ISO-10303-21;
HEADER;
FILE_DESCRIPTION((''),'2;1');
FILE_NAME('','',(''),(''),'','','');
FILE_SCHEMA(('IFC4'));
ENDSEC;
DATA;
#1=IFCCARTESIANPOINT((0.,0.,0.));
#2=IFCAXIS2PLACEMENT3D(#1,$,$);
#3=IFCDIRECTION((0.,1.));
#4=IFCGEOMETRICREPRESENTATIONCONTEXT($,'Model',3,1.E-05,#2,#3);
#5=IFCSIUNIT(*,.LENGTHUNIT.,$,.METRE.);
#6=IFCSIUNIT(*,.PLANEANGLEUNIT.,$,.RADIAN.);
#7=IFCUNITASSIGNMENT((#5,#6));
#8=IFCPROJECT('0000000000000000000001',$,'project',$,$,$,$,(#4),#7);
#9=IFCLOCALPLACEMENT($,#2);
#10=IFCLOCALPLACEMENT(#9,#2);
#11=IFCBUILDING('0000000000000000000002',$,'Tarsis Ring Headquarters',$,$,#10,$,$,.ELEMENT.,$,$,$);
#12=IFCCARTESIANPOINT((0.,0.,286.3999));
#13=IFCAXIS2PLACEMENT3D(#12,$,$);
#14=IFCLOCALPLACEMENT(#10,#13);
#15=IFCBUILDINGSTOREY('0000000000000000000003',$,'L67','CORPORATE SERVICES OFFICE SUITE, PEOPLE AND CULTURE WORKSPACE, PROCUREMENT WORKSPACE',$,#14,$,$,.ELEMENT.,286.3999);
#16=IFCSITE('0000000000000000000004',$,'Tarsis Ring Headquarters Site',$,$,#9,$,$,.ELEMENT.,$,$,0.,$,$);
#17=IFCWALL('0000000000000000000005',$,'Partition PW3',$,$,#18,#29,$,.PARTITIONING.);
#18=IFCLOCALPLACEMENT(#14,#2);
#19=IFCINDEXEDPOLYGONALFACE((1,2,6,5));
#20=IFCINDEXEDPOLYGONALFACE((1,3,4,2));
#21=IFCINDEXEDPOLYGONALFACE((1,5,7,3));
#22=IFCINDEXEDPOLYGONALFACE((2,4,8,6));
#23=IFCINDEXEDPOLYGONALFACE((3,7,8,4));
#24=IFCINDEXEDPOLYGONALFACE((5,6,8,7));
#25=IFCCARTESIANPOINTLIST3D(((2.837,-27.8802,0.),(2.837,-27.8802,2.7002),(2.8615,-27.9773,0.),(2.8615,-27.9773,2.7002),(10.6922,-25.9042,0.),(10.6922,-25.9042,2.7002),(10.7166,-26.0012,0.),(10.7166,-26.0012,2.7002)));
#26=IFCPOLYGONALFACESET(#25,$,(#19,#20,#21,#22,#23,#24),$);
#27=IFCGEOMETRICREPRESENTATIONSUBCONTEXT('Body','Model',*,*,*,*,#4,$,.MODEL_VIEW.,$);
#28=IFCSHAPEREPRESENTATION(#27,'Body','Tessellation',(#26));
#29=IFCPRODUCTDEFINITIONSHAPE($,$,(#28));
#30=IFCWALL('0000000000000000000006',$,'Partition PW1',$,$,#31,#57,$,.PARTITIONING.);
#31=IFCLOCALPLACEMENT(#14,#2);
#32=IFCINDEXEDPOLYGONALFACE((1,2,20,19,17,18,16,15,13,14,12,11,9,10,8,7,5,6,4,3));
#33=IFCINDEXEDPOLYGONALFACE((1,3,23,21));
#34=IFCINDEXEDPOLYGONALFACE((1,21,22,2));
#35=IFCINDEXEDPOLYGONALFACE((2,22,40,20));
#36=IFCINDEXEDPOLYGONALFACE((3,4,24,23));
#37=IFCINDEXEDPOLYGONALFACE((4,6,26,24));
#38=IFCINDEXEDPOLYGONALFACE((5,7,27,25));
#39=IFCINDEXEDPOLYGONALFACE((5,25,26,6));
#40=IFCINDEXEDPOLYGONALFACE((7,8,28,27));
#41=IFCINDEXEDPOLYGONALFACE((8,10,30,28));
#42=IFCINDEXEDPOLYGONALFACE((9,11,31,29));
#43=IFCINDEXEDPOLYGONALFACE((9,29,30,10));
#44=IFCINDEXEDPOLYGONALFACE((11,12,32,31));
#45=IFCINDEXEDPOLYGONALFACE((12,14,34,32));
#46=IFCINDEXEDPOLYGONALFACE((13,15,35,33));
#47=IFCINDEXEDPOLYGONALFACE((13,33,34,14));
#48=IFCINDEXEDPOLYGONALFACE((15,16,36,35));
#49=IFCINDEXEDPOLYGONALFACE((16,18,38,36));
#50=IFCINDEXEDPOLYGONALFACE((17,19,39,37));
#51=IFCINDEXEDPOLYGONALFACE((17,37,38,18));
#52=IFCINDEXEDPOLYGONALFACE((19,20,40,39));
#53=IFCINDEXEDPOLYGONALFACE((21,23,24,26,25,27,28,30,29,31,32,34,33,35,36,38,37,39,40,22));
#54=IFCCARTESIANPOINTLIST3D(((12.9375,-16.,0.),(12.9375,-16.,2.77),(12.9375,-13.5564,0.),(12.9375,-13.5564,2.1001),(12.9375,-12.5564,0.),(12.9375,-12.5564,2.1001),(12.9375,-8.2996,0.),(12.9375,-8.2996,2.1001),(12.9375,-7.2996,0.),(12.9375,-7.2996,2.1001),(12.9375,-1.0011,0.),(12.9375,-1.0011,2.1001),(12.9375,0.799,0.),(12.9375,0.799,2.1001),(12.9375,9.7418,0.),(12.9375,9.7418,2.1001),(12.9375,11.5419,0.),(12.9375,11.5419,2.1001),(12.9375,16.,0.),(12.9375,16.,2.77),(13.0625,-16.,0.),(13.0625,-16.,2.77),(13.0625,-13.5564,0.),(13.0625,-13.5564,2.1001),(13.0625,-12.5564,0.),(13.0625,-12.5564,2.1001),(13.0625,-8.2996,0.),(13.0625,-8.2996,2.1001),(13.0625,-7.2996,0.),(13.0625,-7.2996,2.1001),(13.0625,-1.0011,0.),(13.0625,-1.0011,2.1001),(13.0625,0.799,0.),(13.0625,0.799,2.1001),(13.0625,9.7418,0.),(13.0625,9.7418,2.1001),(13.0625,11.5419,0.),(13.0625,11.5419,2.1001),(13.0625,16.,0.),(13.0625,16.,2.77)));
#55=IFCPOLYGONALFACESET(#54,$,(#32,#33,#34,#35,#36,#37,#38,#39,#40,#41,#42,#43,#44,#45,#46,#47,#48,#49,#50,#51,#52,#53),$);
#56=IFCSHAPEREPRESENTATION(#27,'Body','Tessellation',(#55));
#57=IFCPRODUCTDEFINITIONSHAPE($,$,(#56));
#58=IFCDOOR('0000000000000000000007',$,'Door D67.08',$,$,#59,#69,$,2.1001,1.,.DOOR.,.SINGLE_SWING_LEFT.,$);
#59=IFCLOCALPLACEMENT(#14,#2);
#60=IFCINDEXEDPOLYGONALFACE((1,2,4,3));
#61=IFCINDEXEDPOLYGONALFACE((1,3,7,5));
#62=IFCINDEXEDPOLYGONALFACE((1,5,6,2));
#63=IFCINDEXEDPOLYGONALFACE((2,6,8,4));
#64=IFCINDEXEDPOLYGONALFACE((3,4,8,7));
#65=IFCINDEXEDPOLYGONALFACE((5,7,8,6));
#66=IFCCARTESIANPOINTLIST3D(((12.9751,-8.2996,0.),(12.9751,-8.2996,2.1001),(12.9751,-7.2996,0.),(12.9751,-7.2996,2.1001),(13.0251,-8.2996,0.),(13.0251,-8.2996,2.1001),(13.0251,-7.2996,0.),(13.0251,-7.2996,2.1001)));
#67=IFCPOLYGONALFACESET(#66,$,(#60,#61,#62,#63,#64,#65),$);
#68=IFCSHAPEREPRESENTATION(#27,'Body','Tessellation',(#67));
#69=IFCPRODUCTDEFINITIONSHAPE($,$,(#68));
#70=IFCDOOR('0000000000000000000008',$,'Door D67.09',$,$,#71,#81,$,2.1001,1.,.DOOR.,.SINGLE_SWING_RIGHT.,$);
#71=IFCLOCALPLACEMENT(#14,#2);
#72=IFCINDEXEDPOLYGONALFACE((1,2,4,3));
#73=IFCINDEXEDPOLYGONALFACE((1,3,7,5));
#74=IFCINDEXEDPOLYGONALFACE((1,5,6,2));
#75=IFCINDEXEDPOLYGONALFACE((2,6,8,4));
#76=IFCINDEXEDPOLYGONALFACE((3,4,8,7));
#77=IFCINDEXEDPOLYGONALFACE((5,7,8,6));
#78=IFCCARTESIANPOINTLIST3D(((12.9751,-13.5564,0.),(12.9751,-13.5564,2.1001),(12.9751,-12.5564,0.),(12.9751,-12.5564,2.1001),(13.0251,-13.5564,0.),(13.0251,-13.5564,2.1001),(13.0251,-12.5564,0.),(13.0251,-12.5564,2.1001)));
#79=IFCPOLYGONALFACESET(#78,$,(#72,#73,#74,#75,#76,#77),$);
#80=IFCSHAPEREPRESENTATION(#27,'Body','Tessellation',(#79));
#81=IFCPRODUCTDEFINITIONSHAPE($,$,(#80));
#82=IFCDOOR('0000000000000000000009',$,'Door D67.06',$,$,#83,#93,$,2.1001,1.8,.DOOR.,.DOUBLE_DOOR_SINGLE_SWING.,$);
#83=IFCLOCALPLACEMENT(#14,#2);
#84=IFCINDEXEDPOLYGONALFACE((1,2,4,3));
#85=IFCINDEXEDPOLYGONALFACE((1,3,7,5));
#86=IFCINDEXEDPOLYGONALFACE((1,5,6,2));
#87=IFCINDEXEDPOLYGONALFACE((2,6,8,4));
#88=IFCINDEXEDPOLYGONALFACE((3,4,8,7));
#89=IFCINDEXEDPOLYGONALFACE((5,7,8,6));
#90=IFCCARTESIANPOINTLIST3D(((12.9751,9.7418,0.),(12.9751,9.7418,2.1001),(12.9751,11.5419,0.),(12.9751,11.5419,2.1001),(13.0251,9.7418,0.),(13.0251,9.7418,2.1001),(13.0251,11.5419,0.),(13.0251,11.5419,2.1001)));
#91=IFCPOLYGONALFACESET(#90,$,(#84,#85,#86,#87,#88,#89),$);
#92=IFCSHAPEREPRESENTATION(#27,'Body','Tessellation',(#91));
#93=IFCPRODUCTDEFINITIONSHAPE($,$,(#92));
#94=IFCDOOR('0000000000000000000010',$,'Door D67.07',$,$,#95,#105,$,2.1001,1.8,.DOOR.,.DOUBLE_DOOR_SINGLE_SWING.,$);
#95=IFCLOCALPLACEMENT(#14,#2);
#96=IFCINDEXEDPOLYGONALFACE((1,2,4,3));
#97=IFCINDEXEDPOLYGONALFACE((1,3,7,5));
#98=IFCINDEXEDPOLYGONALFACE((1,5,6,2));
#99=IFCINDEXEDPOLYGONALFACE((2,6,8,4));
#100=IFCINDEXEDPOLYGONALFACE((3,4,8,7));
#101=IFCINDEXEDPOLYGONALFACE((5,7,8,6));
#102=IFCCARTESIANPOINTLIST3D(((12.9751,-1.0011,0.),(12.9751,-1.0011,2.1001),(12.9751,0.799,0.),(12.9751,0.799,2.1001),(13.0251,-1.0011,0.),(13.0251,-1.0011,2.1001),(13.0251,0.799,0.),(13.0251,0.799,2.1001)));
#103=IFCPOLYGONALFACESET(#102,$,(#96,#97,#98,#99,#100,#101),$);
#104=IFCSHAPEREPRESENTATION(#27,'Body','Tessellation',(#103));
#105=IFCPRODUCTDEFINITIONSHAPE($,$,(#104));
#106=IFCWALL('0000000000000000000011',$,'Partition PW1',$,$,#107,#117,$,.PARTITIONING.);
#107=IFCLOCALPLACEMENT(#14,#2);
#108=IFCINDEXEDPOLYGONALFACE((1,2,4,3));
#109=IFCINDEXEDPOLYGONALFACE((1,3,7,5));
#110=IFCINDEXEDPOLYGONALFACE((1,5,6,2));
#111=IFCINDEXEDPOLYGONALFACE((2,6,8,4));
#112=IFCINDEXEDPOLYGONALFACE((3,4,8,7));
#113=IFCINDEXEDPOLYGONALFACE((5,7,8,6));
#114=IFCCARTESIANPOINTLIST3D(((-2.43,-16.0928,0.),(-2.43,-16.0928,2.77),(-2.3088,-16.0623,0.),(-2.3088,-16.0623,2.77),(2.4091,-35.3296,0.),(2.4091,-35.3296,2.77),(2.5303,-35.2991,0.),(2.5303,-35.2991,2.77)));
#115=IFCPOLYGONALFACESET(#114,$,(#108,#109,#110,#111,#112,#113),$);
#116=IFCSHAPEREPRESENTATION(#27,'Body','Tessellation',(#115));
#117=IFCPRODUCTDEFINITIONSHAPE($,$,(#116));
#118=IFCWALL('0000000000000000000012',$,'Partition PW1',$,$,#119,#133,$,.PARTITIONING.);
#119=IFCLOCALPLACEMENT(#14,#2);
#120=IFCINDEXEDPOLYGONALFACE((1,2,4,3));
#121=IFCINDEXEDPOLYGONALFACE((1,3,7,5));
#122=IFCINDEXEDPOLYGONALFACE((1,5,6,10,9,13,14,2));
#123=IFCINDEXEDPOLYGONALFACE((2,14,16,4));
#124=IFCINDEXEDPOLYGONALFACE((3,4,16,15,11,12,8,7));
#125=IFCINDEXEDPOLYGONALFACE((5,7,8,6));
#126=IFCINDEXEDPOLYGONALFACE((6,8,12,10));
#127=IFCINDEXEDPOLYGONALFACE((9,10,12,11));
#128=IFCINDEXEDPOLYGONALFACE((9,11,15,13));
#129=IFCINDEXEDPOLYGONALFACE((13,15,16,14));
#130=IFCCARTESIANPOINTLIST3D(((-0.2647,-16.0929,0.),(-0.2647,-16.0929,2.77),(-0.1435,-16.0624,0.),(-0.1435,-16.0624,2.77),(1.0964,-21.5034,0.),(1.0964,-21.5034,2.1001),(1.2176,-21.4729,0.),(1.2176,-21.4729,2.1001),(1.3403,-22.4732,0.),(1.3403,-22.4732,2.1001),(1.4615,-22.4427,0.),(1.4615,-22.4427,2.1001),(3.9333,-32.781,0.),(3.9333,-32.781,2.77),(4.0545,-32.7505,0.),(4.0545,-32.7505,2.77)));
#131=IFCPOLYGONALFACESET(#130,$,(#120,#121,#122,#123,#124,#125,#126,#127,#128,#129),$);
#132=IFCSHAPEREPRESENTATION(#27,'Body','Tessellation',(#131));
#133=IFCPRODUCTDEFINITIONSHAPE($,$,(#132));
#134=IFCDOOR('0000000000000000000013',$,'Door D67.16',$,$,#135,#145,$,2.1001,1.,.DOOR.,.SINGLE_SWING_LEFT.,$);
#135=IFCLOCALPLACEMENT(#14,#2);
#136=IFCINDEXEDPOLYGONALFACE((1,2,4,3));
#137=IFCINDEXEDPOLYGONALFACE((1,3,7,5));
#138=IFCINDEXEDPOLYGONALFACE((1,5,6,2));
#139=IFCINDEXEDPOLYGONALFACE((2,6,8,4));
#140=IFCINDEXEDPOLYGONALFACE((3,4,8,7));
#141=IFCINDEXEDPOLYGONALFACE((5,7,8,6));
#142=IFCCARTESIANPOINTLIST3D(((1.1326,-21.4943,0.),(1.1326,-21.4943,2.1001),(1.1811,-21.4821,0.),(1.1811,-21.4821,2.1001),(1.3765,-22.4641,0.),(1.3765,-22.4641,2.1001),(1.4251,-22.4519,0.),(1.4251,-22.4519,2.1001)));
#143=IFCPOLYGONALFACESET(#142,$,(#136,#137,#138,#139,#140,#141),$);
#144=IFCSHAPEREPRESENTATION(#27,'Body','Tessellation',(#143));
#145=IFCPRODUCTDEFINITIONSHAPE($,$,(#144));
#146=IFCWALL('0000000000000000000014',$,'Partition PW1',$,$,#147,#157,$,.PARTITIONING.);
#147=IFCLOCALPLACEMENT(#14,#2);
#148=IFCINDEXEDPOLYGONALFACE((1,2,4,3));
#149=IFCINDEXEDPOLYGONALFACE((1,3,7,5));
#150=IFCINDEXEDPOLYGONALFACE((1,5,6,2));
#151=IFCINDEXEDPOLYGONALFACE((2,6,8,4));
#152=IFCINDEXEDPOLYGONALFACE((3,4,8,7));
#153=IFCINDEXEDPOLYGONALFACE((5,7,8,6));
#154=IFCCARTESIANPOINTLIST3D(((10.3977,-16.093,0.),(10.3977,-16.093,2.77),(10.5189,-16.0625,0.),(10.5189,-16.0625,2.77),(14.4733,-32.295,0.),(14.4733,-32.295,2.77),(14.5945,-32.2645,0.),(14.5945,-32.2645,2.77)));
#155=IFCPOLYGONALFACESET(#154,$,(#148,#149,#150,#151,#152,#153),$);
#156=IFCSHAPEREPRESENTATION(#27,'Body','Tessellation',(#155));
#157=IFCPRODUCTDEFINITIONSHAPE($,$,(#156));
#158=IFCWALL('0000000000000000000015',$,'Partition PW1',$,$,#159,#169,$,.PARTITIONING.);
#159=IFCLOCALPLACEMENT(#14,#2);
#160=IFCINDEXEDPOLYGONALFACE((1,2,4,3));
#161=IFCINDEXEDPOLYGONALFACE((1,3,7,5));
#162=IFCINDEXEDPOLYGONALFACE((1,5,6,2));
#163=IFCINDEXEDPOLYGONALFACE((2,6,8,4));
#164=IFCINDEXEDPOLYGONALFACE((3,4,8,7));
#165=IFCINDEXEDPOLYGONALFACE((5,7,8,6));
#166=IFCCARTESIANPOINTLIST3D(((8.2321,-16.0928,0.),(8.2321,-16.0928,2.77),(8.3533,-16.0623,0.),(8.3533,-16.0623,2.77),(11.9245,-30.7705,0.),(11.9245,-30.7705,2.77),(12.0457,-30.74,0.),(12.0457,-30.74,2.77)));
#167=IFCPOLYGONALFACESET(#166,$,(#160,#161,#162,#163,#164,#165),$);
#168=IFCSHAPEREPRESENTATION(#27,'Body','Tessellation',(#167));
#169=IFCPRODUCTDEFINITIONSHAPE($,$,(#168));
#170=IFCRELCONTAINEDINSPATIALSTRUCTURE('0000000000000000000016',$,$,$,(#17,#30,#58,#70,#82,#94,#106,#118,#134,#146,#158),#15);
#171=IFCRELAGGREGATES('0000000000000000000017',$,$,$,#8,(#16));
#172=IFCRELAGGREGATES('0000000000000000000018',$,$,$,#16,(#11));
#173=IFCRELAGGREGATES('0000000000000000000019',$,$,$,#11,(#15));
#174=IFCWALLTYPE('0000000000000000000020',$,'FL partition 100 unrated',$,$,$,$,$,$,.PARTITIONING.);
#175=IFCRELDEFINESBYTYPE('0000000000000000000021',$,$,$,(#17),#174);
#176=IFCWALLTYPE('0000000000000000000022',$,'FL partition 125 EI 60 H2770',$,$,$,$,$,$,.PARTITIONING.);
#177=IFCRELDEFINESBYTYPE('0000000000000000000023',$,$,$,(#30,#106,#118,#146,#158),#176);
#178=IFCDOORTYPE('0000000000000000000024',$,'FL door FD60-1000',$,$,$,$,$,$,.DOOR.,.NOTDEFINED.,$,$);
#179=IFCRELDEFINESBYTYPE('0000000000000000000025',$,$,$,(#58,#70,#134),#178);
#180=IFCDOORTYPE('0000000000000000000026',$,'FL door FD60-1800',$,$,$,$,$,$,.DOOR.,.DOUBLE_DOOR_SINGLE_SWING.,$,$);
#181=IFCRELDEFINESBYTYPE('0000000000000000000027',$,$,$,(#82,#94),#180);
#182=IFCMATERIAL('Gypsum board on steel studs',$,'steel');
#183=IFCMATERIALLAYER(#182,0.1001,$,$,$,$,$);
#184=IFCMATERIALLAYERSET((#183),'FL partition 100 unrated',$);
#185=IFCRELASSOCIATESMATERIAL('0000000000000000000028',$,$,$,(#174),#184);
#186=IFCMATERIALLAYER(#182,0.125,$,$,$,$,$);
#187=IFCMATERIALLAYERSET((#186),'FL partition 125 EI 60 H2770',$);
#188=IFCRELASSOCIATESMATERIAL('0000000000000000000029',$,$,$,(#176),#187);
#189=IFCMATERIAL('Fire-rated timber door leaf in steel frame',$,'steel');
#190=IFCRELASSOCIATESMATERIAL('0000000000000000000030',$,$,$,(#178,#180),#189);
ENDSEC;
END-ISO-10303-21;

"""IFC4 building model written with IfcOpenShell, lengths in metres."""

from ifc_helpers import new_model, si_unit, direction, frame, frame_2d, origin, place, context, subcontext, project, spatial, rectangle, extrude, material, layer, layer_set, type_object, element, fill, save


model = new_model("IFC4")

# Units and contexts
model_context = context("Model", 3, precision=1e-05, world=origin(), true_north=direction((0.0, 1.0)))
body_context = subcontext(model_context, "Body", "Model", "MODEL_VIEW")
ifc_project = project(units=[si_unit("LENGTHUNIT", "METRE"), si_unit("PLANEANGLEUNIT", "RADIAN")], contexts=[model_context])

# Site, building, storey
site_placement = place(None, origin())
site = spatial("IfcSite", under=ifc_project, at=site_placement, Name="Tarsis Ring Headquarters Site", CompositionType="ELEMENT", RefElevation=0.0)
building_placement = place(site_placement, origin())
building = spatial("IfcBuilding", under=site, at=building_placement, Name="Tarsis Ring Headquarters", CompositionType="ELEMENT")
storey_placement = place(building_placement, frame((0.0, 0.0, 286.3999)))
storey = spatial("IfcBuildingStorey", under=building, at=storey_placement, Name="L67", Description="CORPORATE SERVICES OFFICE SUITE, PEOPLE AND CULTURE WORKSPACE, PROCUREMENT WORKSPACE", CompositionType="ELEMENT", Elevation=286.3999)

# Wall
ifc_material_1 = material(Name="Gypsum board on steel studs", Category="steel")
ifc_layer_1 = layer(ifc_material_1, 0.1001)
ifc_layer_set_1 = layer_set([ifc_layer_1], Name="FL partition 100 unrated")
wall_type_1 = type_object("IfcWallType", Name="FL partition 100 unrated", PredefinedType="PARTITIONING", material=ifc_layer_set_1)
wall_1_placement = place(storey_placement, frame((2.8494, -27.9287, 0.0), z_axis=(0.0, 0.0, 1.0), x_axis=(0.969785, 0.243961, 0.0)))
element("IfcWall", 1, at=wall_1_placement, inside=storey, type_object=wall_type_1, Name="Partition PW3", PredefinedType="PARTITIONING", context=body_context, shape_type="SweptSolid", body=[
    extrude(rectangle(XDim=8.0999, YDim=0.1001, at=frame_2d((4.0498, 0.0))), origin(), (0.0, 0.0, 1.0), 2.7002),
])

# Wall, openings, doors
ifc_layer_2 = layer(ifc_material_1, 0.125)
ifc_layer_set_2 = layer_set([ifc_layer_2], Name="FL partition 125 EI 60 H2770")
wall_type_2 = type_object("IfcWallType", Name="FL partition 125 EI 60 H2770", PredefinedType="PARTITIONING", material=ifc_layer_set_2)
wall_2_placement = place(storey_placement, frame((13.0, -16.0, 0.0), z_axis=(0.0, 0.0, 1.0), x_axis=(0.0, 1.0, 0.0)))
wall_2 = element("IfcWall", 2, at=wall_2_placement, inside=storey, type_object=wall_type_2, Name="Partition PW1", PredefinedType="PARTITIONING", context=body_context, shape_type="SweptSolid", body=[
    extrude(rectangle(XDim=32.0, YDim=0.125, at=frame_2d((16.0, 0.0))), origin(), (0.0, 0.0, 1.0), 2.77),
])
opening_1_placement = place(wall_2_placement, frame((25.7419, 0.0, 0.0)))
opening_1 = element("IfcOpeningElement", 3, at=opening_1_placement, cuts=wall_2, PredefinedType="OPENING", context=body_context, shape_type="SweptSolid", body=[
    extrude(rectangle(XDim=1.8, YDim=2.1001, at=frame_2d((0.8999, 1.05))), frame((0.0, 0.0725, 0.0), z_axis=(0.0, -1.0, 0.0), x_axis=(1.0, 0.0, 0.0)), (0.0, 0.0, 1.0), 0.145),
])
opening_2_placement = place(wall_2_placement, frame((14.999, 0.0, 0.0)))
opening_2 = element("IfcOpeningElement", 4, at=opening_2_placement, cuts=wall_2, PredefinedType="OPENING", context=body_context, shape_type="SweptSolid", body=[
    extrude(rectangle(XDim=1.8, YDim=2.1001, at=frame_2d((0.8999, 1.05))), frame((0.0, 0.0725, 0.0), z_axis=(0.0, -1.0, 0.0), x_axis=(1.0, 0.0, 0.0)), (0.0, 0.0, 1.0), 0.145),
])
opening_3_placement = place(wall_2_placement, frame((7.7004, 0.0, 0.0)))
opening_3 = element("IfcOpeningElement", 5, at=opening_3_placement, cuts=wall_2, PredefinedType="OPENING", context=body_context, shape_type="SweptSolid", body=[
    extrude(rectangle(XDim=1.0, YDim=2.1001, at=frame_2d((0.5, 1.05))), frame((0.0, 0.0725, 0.0), z_axis=(0.0, -1.0, 0.0), x_axis=(1.0, 0.0, 0.0)), (0.0, 0.0, 1.0), 0.145),
])
opening_4_placement = place(wall_2_placement, frame((2.4436, 0.0, 0.0)))
opening_4 = element("IfcOpeningElement", 6, at=opening_4_placement, cuts=wall_2, PredefinedType="OPENING", context=body_context, shape_type="SweptSolid", body=[
    extrude(rectangle(XDim=1.0, YDim=2.1001, at=frame_2d((0.5, 1.05))), frame((0.0, 0.0725, 0.0), z_axis=(0.0, -1.0, 0.0), x_axis=(1.0, 0.0, 0.0)), (0.0, 0.0, 1.0), 0.145),
])
ifc_material_2 = material(Name="Fire-rated timber door leaf in steel frame", Category="steel")
door_type_1 = type_object("IfcDoorType", Name="FL door FD60-1000", OperationType="NOTDEFINED", PredefinedType="DOOR", material=ifc_material_2)
door_1_placement = place(opening_3_placement, origin())
door_1 = element("IfcDoor", 7, at=door_1_placement, inside=storey, type_object=door_type_1, Name="Door D67.08", OperationType="SINGLE_SWING_LEFT", OverallHeight=2.1001, OverallWidth=1.0, PredefinedType="DOOR", context=body_context, shape_type="SweptSolid", body=[
    extrude(rectangle(XDim=1.0, YDim=2.1001, at=frame_2d((0.5, 1.05))), frame((0.0, 0.0249, 0.0), z_axis=(0.0, -1.0, 0.0), x_axis=(1.0, 0.0, 0.0)), (0.0, 0.0, 1.0), 0.05),
])
fill(opening_3, door_1)
door_2_placement = place(opening_4_placement, origin())
door_2 = element("IfcDoor", 8, at=door_2_placement, inside=storey, type_object=door_type_1, Name="Door D67.09", OperationType="SINGLE_SWING_RIGHT", OverallHeight=2.1001, OverallWidth=1.0, PredefinedType="DOOR", context=body_context, shape_type="SweptSolid", body=[
    extrude(rectangle(XDim=1.0, YDim=2.1001, at=frame_2d((0.5, 1.05))), frame((0.0, 0.0249, 0.0), z_axis=(0.0, -1.0, 0.0), x_axis=(1.0, 0.0, 0.0)), (0.0, 0.0, 1.0), 0.05),
])
fill(opening_4, door_2)
door_type_2 = type_object("IfcDoorType", Name="FL door FD60-1800", OperationType="DOUBLE_DOOR_SINGLE_SWING", PredefinedType="DOOR", material=ifc_material_2)
door_3_placement = place(opening_1_placement, origin())
door_3 = element("IfcDoor", 9, at=door_3_placement, inside=storey, type_object=door_type_2, Name="Door D67.06", OperationType="DOUBLE_DOOR_SINGLE_SWING", OverallHeight=2.1001, OverallWidth=1.8, PredefinedType="DOOR", context=body_context, shape_type="SweptSolid", body=[
    extrude(rectangle(XDim=1.8, YDim=2.1001, at=frame_2d((0.8999, 1.05))), frame((0.0, 0.0249, 0.0), z_axis=(0.0, -1.0, 0.0), x_axis=(1.0, 0.0, 0.0)), (0.0, 0.0, 1.0), 0.05),
])
fill(opening_1, door_3)
door_4_placement = place(opening_2_placement, origin())
door_4 = element("IfcDoor", 10, at=door_4_placement, inside=storey, type_object=door_type_2, Name="Door D67.07", OperationType="DOUBLE_DOOR_SINGLE_SWING", OverallHeight=2.1001, OverallWidth=1.8, PredefinedType="DOOR", context=body_context, shape_type="SweptSolid", body=[
    extrude(rectangle(XDim=1.8, YDim=2.1001, at=frame_2d((0.8999, 1.05))), frame((0.0, 0.0249, 0.0), z_axis=(0.0, -1.0, 0.0), x_axis=(1.0, 0.0, 0.0)), (0.0, 0.0, 1.0), 0.05),
])
fill(opening_2, door_4)

# Wall
wall_3_placement = place(storey_placement, frame((-2.3694, -16.0776, 0.0), z_axis=(0.0, 0.0, 1.0), x_axis=(0.243954, -0.969787, 0.0)))
element("IfcWall", 11, at=wall_3_placement, inside=storey, type_object=wall_type_2, Name="Partition PW1", PredefinedType="PARTITIONING", context=body_context, shape_type="SweptSolid", body=[
    extrude(rectangle(XDim=19.8362, YDim=0.125, at=frame_2d((9.918, 0.0))), origin(), (0.0, 0.0, 1.0), 2.77),
])

# Wall, opening, door
wall_4_placement = place(storey_placement, frame((-0.2041, -16.0776, 0.0), z_axis=(0.0, 0.0, 1.0), x_axis=(0.243957, -0.969786, 0.0)))
wall_4 = element("IfcWall", 12, at=wall_4_placement, inside=storey, type_object=wall_type_2, Name="Partition PW1", PredefinedType="PARTITIONING", context=body_context, shape_type="SweptSolid", body=[
    extrude(rectangle(XDim=17.208, YDim=0.125, at=frame_2d((8.604, 0.0))), origin(), (0.0, 0.0, 1.0), 2.77),
])
opening_5_placement = place(wall_4_placement, frame((5.5791, 0.0, 0.0)))
opening_5 = element("IfcOpeningElement", 13, at=opening_5_placement, cuts=wall_4, PredefinedType="OPENING", context=body_context, shape_type="SweptSolid", body=[
    extrude(rectangle(XDim=1.0, YDim=2.1001, at=frame_2d((0.5, 1.05))), frame((0.0, 0.0725, 0.0), z_axis=(0.0, -1.0, 0.0), x_axis=(1.0, 0.0, 0.0)), (0.0, 0.0, 1.0), 0.145),
])
door_5_placement = place(opening_5_placement, origin())
door_5 = element("IfcDoor", 14, at=door_5_placement, inside=storey, type_object=door_type_1, Name="Door D67.16", OperationType="SINGLE_SWING_LEFT", OverallHeight=2.1001, OverallWidth=1.0, PredefinedType="DOOR", context=body_context, shape_type="SweptSolid", body=[
    extrude(rectangle(XDim=1.0, YDim=2.1001, at=frame_2d((0.5, 1.05))), frame((0.0, 0.0249, 0.0), z_axis=(0.0, -1.0, 0.0), x_axis=(1.0, 0.0, 0.0)), (0.0, 0.0, 1.0), 0.05),
])
fill(opening_5, door_5)

# Walls
wall_5_placement = place(storey_placement, frame((10.4583, -16.0776, 0.0), z_axis=(0.0, 0.0, 1.0), x_axis=(0.243952, -0.969787, 0.0)))
element("IfcWall", 15, at=wall_5_placement, inside=storey, type_object=wall_type_2, Name="Partition PW1", PredefinedType="PARTITIONING", context=body_context, shape_type="SweptSolid", body=[
    extrude(rectangle(XDim=16.7068, YDim=0.125, at=frame_2d((8.3535, 0.0))), origin(), (0.0, 0.0, 1.0), 2.77),
])
wall_6_placement = place(storey_placement, frame((8.2927, -16.0776, 0.0), z_axis=(0.0, 0.0, 1.0), x_axis=(0.243962, -0.969785, 0.0)))
element("IfcWall", 16, at=wall_6_placement, inside=storey, type_object=wall_type_2, Name="Partition PW1", PredefinedType="PARTITIONING", context=body_context, shape_type="SweptSolid", body=[
    extrude(rectangle(XDim=15.135, YDim=0.125, at=frame_2d((7.5674, 0.0))), origin(), (0.0, 0.0, 1.0), 2.77),
])

save(model, "model.ifc")
